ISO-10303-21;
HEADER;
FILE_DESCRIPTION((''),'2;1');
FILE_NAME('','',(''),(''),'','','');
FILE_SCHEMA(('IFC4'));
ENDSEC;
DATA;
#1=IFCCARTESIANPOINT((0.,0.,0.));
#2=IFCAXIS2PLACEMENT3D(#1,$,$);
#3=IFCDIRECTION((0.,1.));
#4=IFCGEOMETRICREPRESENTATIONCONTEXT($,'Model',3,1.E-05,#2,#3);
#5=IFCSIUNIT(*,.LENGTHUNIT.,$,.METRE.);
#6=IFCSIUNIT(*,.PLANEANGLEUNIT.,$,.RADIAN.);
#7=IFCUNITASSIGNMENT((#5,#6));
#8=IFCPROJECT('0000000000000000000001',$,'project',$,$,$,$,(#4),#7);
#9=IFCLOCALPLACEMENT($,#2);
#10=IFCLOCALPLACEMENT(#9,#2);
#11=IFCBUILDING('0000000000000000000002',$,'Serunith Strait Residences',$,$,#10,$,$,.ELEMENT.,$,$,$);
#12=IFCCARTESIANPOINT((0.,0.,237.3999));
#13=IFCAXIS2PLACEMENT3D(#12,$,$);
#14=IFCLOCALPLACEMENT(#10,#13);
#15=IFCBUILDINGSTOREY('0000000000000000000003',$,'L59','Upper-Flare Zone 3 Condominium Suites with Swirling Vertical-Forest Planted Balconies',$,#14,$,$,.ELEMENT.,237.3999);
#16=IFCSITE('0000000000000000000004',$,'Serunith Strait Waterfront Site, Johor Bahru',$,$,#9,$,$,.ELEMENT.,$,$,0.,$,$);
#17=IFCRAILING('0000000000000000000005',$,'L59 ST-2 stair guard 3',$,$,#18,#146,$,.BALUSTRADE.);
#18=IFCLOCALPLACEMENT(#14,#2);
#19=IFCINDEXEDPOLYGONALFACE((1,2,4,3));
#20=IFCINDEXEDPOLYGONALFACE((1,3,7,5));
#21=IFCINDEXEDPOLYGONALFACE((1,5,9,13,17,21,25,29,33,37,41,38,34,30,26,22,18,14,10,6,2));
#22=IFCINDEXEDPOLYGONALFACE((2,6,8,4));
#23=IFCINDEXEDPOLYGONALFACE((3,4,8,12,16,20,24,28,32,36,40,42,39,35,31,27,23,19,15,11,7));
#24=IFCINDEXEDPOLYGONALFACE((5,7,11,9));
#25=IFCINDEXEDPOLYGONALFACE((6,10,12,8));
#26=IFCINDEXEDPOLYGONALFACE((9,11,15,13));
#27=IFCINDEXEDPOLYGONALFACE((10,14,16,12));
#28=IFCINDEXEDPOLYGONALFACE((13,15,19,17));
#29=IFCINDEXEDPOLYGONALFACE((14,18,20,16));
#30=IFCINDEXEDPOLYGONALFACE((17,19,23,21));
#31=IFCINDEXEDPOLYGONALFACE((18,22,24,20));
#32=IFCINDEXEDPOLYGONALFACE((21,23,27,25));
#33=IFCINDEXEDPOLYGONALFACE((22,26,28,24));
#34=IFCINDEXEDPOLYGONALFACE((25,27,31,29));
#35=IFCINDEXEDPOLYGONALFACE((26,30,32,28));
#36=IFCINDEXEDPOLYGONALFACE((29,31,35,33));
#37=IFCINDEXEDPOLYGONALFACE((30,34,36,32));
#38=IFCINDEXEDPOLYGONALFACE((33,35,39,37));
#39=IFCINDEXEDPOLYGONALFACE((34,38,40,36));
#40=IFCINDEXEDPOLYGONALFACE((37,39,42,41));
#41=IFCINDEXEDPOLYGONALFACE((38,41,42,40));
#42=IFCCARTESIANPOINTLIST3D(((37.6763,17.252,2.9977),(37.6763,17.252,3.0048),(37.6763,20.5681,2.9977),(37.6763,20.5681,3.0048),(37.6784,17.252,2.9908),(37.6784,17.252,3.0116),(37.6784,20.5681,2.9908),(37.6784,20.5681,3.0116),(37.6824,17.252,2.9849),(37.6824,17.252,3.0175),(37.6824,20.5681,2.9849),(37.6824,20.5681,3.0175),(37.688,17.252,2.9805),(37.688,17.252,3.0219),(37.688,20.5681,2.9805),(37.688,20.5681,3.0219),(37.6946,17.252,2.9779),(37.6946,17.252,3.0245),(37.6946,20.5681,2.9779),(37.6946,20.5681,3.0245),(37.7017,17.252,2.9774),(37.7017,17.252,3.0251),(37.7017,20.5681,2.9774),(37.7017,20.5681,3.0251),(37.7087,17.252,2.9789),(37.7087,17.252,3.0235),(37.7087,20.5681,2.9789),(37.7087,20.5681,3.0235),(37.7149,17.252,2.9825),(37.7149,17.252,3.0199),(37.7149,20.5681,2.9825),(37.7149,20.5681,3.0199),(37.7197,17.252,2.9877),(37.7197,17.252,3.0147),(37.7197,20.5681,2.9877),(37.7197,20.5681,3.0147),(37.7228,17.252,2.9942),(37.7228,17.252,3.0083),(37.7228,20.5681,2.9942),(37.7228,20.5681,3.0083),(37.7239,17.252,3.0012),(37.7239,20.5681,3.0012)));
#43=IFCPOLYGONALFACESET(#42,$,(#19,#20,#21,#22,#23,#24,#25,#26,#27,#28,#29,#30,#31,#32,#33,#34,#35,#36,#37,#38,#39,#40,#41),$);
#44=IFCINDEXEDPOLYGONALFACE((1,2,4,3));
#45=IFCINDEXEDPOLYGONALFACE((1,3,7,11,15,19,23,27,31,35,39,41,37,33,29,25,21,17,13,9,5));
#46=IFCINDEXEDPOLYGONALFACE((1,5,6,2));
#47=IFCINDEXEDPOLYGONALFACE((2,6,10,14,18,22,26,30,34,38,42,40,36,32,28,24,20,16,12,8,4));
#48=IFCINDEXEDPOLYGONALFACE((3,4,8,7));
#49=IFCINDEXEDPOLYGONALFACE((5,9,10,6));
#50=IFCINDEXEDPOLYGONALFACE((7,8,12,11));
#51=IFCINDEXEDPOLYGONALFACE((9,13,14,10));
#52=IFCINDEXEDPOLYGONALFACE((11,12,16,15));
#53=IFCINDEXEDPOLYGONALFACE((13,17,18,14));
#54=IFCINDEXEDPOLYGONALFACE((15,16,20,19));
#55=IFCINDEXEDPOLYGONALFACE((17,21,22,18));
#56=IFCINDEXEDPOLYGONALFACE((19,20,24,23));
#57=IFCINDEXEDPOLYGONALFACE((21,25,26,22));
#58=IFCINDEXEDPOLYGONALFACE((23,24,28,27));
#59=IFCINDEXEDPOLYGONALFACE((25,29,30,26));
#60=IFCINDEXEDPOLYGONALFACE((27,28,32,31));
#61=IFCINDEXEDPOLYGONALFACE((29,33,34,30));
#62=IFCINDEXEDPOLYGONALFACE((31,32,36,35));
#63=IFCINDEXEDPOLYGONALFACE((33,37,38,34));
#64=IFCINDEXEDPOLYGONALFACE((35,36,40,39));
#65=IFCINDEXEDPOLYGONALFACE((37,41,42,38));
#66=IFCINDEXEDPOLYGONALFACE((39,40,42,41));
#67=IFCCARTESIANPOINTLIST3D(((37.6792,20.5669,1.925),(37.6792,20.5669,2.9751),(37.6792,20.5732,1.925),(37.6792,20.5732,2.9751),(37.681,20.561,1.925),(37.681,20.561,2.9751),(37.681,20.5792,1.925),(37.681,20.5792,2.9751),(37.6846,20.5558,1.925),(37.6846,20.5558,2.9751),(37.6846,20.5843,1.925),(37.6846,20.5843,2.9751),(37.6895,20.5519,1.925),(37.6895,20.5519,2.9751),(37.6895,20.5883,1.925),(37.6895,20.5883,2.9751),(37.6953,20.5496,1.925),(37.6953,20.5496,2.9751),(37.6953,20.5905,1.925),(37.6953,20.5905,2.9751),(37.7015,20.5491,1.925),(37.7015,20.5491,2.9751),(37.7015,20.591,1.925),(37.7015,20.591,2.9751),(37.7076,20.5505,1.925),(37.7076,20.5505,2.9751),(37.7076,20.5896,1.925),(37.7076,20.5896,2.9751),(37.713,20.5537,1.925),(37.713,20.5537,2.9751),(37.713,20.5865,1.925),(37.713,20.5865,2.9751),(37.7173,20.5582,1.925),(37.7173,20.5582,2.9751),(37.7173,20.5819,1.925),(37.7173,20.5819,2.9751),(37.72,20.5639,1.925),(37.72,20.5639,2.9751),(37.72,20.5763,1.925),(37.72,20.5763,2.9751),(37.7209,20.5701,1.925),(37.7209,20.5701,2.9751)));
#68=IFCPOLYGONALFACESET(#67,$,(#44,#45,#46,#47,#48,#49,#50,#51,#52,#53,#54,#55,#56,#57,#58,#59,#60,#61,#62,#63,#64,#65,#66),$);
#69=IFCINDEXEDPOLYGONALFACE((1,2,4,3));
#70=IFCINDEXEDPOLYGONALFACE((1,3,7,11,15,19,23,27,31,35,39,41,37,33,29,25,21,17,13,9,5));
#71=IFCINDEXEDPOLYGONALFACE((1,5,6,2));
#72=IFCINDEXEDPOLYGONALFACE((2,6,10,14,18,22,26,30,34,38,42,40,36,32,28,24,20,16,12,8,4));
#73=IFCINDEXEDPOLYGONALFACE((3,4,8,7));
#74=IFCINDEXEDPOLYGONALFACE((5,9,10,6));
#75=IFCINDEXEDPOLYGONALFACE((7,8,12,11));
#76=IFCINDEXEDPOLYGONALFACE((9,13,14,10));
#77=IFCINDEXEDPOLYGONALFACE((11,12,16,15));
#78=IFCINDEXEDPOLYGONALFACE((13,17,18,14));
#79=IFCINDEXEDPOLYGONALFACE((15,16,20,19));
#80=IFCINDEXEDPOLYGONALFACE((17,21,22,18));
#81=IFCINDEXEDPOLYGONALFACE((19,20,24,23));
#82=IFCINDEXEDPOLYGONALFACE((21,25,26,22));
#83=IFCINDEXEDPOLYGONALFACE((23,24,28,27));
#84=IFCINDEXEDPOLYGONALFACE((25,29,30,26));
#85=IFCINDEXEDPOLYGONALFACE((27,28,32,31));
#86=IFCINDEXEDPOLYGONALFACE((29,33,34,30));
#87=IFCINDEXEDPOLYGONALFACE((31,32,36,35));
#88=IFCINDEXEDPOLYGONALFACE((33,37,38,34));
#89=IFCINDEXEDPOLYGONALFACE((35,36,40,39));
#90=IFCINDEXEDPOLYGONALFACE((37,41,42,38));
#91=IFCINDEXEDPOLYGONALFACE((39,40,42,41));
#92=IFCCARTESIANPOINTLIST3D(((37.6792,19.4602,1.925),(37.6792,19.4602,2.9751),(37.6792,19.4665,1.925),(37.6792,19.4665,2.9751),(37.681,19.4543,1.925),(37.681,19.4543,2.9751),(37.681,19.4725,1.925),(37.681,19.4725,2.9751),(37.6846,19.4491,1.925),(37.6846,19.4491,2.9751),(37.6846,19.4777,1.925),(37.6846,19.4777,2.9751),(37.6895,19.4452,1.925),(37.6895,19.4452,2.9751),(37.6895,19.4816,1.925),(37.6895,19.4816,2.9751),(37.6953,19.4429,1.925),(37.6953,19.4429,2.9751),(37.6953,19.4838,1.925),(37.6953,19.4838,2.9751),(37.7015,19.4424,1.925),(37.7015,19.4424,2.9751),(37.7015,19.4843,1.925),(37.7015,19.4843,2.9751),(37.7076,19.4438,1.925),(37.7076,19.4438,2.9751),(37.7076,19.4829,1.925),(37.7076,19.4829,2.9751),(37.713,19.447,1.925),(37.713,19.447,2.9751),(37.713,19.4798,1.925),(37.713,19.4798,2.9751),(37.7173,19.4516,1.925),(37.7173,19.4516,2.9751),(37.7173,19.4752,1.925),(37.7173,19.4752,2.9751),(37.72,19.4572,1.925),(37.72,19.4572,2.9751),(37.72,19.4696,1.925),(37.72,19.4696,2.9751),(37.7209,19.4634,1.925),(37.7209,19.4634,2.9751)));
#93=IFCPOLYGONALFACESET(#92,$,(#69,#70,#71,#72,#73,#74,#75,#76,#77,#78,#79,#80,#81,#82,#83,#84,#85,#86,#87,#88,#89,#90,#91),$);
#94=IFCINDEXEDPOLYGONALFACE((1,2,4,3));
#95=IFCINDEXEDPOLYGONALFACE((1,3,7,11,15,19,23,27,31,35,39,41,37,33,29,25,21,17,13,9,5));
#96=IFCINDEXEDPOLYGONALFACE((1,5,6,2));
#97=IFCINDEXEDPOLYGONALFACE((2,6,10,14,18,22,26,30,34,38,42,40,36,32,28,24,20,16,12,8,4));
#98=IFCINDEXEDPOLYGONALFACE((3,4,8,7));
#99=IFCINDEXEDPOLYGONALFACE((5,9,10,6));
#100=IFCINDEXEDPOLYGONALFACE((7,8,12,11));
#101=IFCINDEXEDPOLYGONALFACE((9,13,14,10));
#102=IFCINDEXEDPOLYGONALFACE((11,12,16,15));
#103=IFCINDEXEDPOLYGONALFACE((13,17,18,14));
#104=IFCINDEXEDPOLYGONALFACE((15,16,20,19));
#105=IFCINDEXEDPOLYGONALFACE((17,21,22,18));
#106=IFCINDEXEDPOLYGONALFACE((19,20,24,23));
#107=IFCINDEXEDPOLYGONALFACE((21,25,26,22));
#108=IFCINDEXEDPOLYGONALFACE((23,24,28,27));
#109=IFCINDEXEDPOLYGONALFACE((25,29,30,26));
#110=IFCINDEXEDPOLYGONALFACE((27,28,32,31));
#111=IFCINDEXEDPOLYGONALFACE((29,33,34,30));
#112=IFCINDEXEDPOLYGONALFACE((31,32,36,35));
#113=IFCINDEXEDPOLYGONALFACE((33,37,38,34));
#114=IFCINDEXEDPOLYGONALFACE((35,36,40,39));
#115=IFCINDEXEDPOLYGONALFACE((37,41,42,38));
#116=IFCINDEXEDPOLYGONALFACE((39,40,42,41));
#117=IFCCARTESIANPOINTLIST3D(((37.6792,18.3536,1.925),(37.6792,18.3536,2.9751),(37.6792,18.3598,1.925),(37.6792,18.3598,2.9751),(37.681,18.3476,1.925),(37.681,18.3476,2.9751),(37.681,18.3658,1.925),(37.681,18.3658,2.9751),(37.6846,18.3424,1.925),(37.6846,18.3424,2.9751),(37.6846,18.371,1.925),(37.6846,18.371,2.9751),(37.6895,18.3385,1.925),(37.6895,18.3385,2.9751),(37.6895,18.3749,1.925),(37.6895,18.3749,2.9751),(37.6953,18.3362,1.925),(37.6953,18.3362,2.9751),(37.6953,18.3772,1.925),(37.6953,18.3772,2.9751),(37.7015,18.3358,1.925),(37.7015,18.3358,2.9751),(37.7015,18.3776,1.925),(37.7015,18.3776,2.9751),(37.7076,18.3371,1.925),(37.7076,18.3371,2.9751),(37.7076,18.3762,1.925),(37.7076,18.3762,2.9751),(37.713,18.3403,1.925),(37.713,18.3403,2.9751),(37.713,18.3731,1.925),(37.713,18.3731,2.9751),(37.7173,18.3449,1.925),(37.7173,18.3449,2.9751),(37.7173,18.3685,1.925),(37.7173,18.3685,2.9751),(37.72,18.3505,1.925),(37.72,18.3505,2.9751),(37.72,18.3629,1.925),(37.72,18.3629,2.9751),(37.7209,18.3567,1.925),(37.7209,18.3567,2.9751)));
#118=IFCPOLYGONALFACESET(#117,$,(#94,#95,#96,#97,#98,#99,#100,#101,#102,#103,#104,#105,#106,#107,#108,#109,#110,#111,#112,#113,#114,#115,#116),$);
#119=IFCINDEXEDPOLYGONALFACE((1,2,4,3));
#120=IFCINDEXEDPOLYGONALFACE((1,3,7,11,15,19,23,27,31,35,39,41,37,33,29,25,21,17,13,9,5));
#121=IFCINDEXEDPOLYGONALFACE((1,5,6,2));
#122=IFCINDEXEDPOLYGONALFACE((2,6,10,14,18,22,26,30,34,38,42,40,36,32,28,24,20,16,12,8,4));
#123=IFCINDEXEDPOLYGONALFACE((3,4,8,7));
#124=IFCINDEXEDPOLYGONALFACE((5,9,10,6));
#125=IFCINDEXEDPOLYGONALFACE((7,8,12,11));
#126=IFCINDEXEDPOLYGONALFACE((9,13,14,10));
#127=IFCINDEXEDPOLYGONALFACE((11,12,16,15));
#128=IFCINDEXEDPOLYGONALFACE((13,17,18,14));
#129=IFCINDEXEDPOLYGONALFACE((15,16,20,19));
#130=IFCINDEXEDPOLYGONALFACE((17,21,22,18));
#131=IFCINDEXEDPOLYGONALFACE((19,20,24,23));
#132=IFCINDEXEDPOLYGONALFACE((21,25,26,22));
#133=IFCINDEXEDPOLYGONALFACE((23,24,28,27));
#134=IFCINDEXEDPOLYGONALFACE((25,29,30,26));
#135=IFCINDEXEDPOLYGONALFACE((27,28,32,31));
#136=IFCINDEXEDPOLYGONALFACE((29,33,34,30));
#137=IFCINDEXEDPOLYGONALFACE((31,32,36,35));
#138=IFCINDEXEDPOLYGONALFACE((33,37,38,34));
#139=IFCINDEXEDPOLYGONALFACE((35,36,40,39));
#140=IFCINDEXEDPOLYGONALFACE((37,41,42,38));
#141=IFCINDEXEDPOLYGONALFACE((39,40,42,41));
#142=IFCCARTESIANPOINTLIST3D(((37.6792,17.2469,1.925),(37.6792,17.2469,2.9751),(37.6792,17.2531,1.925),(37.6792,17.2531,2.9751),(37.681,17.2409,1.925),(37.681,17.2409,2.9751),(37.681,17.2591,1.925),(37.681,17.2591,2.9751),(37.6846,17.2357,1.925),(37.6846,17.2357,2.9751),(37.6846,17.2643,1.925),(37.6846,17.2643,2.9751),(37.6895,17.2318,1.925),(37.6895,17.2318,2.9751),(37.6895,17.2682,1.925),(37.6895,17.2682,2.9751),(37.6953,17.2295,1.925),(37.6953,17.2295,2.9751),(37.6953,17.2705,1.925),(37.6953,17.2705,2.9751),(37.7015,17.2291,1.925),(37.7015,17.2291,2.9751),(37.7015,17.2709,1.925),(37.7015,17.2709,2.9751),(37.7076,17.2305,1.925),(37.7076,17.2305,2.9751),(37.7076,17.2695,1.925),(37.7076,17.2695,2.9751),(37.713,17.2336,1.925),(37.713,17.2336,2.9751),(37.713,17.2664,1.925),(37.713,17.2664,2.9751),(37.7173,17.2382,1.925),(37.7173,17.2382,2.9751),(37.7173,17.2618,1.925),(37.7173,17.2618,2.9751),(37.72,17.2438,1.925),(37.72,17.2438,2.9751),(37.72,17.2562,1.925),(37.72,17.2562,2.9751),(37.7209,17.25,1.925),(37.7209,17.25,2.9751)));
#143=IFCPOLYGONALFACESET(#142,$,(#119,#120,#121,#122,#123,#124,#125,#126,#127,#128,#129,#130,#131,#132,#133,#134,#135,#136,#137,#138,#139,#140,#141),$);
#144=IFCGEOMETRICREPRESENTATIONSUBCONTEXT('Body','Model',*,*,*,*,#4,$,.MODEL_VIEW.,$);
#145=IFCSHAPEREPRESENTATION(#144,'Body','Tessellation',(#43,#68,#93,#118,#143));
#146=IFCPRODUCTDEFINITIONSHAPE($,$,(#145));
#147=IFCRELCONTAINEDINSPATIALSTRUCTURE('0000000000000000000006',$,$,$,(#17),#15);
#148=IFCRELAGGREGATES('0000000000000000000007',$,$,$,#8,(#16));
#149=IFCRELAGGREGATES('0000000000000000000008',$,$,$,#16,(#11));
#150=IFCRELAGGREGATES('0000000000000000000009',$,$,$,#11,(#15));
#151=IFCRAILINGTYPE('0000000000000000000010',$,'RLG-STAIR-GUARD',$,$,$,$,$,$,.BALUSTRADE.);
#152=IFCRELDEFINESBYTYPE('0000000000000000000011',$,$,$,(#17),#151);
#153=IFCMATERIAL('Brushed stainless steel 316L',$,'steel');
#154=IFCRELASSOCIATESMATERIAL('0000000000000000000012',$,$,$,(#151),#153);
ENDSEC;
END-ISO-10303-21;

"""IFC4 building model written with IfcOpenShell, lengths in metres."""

from ifc_helpers import new_model, si_unit, direction, frame, origin, origin_2d, place, context, subcontext, project, spatial, circle, extrude, material, type_object, element, save


model = new_model("IFC4")

# Units and contexts
model_context = context("Model", 3, precision=1e-05, world=origin(), true_north=direction((0.0, 1.0)))
body_context = subcontext(model_context, "Body", "Model", "MODEL_VIEW")
ifc_project = project(units=[si_unit("LENGTHUNIT", "METRE"), si_unit("PLANEANGLEUNIT", "RADIAN")], contexts=[model_context])

# Site, building, storey
site_placement = place(None, origin())
site = spatial("IfcSite", under=ifc_project, at=site_placement, Name="Serunith Strait Waterfront Site, Johor Bahru", CompositionType="ELEMENT", RefElevation=0.0)
building_placement = place(site_placement, origin())
building = spatial("IfcBuilding", under=site, at=building_placement, Name="Serunith Strait Residences", CompositionType="ELEMENT")
storey_placement = place(building_placement, frame((0.0, 0.0, 237.3999)))
storey = spatial("IfcBuildingStorey", under=building, at=storey_placement, Name="L59", Description="Upper-Flare Zone 3 Condominium Suites with Swirling Vertical-Forest Planted Balconies", CompositionType="ELEMENT", Elevation=237.3999)

# Railing
ifc_material_1 = material(Name="Brushed stainless steel 316L", Category="steel")
railing_type_1 = type_object("IfcRailingType", Name="RLG-STAIR-GUARD", PredefinedType="BALUSTRADE", material=ifc_material_1)
for number, where, name in (
    (1, (37.7, 20.5701, 1.925), "L59 ST-2 stair guard 3"),
):
    element("IfcRailing", number, at=place(storey_placement, frame(where)), inside=storey, type_object=railing_type_1, Name=name, PredefinedType="BALUSTRADE", context=body_context, shape_type="SweptSolid", body=[
        extrude(circle(Radius=0.0239, at=origin_2d()), frame((0.0, -0.002, 1.0762), z_axis=(0.0, -1.0, 0.0), x_axis=(1.0, 0.0, 0.0)), (0.0, 0.0, 1.0), 3.3162),
        extrude(circle(Radius=0.021, at=origin_2d()), origin(), (0.0, 0.0, 1.0), 1.05),
        extrude(circle(Radius=0.021, at=origin_2d()), frame((0.0, -1.1067, 0.0)), (0.0, 0.0, 1.0), 1.05),
        extrude(circle(Radius=0.021, at=origin_2d()), frame((0.0, -2.2134, 0.0)), (0.0, 0.0, 1.0), 1.05),
        extrude(circle(Radius=0.021, at=origin_2d()), frame((0.0, -3.3201, 0.0)), (0.0, 0.0, 1.0), 1.05),
    ])

save(model, "model.ifc")
